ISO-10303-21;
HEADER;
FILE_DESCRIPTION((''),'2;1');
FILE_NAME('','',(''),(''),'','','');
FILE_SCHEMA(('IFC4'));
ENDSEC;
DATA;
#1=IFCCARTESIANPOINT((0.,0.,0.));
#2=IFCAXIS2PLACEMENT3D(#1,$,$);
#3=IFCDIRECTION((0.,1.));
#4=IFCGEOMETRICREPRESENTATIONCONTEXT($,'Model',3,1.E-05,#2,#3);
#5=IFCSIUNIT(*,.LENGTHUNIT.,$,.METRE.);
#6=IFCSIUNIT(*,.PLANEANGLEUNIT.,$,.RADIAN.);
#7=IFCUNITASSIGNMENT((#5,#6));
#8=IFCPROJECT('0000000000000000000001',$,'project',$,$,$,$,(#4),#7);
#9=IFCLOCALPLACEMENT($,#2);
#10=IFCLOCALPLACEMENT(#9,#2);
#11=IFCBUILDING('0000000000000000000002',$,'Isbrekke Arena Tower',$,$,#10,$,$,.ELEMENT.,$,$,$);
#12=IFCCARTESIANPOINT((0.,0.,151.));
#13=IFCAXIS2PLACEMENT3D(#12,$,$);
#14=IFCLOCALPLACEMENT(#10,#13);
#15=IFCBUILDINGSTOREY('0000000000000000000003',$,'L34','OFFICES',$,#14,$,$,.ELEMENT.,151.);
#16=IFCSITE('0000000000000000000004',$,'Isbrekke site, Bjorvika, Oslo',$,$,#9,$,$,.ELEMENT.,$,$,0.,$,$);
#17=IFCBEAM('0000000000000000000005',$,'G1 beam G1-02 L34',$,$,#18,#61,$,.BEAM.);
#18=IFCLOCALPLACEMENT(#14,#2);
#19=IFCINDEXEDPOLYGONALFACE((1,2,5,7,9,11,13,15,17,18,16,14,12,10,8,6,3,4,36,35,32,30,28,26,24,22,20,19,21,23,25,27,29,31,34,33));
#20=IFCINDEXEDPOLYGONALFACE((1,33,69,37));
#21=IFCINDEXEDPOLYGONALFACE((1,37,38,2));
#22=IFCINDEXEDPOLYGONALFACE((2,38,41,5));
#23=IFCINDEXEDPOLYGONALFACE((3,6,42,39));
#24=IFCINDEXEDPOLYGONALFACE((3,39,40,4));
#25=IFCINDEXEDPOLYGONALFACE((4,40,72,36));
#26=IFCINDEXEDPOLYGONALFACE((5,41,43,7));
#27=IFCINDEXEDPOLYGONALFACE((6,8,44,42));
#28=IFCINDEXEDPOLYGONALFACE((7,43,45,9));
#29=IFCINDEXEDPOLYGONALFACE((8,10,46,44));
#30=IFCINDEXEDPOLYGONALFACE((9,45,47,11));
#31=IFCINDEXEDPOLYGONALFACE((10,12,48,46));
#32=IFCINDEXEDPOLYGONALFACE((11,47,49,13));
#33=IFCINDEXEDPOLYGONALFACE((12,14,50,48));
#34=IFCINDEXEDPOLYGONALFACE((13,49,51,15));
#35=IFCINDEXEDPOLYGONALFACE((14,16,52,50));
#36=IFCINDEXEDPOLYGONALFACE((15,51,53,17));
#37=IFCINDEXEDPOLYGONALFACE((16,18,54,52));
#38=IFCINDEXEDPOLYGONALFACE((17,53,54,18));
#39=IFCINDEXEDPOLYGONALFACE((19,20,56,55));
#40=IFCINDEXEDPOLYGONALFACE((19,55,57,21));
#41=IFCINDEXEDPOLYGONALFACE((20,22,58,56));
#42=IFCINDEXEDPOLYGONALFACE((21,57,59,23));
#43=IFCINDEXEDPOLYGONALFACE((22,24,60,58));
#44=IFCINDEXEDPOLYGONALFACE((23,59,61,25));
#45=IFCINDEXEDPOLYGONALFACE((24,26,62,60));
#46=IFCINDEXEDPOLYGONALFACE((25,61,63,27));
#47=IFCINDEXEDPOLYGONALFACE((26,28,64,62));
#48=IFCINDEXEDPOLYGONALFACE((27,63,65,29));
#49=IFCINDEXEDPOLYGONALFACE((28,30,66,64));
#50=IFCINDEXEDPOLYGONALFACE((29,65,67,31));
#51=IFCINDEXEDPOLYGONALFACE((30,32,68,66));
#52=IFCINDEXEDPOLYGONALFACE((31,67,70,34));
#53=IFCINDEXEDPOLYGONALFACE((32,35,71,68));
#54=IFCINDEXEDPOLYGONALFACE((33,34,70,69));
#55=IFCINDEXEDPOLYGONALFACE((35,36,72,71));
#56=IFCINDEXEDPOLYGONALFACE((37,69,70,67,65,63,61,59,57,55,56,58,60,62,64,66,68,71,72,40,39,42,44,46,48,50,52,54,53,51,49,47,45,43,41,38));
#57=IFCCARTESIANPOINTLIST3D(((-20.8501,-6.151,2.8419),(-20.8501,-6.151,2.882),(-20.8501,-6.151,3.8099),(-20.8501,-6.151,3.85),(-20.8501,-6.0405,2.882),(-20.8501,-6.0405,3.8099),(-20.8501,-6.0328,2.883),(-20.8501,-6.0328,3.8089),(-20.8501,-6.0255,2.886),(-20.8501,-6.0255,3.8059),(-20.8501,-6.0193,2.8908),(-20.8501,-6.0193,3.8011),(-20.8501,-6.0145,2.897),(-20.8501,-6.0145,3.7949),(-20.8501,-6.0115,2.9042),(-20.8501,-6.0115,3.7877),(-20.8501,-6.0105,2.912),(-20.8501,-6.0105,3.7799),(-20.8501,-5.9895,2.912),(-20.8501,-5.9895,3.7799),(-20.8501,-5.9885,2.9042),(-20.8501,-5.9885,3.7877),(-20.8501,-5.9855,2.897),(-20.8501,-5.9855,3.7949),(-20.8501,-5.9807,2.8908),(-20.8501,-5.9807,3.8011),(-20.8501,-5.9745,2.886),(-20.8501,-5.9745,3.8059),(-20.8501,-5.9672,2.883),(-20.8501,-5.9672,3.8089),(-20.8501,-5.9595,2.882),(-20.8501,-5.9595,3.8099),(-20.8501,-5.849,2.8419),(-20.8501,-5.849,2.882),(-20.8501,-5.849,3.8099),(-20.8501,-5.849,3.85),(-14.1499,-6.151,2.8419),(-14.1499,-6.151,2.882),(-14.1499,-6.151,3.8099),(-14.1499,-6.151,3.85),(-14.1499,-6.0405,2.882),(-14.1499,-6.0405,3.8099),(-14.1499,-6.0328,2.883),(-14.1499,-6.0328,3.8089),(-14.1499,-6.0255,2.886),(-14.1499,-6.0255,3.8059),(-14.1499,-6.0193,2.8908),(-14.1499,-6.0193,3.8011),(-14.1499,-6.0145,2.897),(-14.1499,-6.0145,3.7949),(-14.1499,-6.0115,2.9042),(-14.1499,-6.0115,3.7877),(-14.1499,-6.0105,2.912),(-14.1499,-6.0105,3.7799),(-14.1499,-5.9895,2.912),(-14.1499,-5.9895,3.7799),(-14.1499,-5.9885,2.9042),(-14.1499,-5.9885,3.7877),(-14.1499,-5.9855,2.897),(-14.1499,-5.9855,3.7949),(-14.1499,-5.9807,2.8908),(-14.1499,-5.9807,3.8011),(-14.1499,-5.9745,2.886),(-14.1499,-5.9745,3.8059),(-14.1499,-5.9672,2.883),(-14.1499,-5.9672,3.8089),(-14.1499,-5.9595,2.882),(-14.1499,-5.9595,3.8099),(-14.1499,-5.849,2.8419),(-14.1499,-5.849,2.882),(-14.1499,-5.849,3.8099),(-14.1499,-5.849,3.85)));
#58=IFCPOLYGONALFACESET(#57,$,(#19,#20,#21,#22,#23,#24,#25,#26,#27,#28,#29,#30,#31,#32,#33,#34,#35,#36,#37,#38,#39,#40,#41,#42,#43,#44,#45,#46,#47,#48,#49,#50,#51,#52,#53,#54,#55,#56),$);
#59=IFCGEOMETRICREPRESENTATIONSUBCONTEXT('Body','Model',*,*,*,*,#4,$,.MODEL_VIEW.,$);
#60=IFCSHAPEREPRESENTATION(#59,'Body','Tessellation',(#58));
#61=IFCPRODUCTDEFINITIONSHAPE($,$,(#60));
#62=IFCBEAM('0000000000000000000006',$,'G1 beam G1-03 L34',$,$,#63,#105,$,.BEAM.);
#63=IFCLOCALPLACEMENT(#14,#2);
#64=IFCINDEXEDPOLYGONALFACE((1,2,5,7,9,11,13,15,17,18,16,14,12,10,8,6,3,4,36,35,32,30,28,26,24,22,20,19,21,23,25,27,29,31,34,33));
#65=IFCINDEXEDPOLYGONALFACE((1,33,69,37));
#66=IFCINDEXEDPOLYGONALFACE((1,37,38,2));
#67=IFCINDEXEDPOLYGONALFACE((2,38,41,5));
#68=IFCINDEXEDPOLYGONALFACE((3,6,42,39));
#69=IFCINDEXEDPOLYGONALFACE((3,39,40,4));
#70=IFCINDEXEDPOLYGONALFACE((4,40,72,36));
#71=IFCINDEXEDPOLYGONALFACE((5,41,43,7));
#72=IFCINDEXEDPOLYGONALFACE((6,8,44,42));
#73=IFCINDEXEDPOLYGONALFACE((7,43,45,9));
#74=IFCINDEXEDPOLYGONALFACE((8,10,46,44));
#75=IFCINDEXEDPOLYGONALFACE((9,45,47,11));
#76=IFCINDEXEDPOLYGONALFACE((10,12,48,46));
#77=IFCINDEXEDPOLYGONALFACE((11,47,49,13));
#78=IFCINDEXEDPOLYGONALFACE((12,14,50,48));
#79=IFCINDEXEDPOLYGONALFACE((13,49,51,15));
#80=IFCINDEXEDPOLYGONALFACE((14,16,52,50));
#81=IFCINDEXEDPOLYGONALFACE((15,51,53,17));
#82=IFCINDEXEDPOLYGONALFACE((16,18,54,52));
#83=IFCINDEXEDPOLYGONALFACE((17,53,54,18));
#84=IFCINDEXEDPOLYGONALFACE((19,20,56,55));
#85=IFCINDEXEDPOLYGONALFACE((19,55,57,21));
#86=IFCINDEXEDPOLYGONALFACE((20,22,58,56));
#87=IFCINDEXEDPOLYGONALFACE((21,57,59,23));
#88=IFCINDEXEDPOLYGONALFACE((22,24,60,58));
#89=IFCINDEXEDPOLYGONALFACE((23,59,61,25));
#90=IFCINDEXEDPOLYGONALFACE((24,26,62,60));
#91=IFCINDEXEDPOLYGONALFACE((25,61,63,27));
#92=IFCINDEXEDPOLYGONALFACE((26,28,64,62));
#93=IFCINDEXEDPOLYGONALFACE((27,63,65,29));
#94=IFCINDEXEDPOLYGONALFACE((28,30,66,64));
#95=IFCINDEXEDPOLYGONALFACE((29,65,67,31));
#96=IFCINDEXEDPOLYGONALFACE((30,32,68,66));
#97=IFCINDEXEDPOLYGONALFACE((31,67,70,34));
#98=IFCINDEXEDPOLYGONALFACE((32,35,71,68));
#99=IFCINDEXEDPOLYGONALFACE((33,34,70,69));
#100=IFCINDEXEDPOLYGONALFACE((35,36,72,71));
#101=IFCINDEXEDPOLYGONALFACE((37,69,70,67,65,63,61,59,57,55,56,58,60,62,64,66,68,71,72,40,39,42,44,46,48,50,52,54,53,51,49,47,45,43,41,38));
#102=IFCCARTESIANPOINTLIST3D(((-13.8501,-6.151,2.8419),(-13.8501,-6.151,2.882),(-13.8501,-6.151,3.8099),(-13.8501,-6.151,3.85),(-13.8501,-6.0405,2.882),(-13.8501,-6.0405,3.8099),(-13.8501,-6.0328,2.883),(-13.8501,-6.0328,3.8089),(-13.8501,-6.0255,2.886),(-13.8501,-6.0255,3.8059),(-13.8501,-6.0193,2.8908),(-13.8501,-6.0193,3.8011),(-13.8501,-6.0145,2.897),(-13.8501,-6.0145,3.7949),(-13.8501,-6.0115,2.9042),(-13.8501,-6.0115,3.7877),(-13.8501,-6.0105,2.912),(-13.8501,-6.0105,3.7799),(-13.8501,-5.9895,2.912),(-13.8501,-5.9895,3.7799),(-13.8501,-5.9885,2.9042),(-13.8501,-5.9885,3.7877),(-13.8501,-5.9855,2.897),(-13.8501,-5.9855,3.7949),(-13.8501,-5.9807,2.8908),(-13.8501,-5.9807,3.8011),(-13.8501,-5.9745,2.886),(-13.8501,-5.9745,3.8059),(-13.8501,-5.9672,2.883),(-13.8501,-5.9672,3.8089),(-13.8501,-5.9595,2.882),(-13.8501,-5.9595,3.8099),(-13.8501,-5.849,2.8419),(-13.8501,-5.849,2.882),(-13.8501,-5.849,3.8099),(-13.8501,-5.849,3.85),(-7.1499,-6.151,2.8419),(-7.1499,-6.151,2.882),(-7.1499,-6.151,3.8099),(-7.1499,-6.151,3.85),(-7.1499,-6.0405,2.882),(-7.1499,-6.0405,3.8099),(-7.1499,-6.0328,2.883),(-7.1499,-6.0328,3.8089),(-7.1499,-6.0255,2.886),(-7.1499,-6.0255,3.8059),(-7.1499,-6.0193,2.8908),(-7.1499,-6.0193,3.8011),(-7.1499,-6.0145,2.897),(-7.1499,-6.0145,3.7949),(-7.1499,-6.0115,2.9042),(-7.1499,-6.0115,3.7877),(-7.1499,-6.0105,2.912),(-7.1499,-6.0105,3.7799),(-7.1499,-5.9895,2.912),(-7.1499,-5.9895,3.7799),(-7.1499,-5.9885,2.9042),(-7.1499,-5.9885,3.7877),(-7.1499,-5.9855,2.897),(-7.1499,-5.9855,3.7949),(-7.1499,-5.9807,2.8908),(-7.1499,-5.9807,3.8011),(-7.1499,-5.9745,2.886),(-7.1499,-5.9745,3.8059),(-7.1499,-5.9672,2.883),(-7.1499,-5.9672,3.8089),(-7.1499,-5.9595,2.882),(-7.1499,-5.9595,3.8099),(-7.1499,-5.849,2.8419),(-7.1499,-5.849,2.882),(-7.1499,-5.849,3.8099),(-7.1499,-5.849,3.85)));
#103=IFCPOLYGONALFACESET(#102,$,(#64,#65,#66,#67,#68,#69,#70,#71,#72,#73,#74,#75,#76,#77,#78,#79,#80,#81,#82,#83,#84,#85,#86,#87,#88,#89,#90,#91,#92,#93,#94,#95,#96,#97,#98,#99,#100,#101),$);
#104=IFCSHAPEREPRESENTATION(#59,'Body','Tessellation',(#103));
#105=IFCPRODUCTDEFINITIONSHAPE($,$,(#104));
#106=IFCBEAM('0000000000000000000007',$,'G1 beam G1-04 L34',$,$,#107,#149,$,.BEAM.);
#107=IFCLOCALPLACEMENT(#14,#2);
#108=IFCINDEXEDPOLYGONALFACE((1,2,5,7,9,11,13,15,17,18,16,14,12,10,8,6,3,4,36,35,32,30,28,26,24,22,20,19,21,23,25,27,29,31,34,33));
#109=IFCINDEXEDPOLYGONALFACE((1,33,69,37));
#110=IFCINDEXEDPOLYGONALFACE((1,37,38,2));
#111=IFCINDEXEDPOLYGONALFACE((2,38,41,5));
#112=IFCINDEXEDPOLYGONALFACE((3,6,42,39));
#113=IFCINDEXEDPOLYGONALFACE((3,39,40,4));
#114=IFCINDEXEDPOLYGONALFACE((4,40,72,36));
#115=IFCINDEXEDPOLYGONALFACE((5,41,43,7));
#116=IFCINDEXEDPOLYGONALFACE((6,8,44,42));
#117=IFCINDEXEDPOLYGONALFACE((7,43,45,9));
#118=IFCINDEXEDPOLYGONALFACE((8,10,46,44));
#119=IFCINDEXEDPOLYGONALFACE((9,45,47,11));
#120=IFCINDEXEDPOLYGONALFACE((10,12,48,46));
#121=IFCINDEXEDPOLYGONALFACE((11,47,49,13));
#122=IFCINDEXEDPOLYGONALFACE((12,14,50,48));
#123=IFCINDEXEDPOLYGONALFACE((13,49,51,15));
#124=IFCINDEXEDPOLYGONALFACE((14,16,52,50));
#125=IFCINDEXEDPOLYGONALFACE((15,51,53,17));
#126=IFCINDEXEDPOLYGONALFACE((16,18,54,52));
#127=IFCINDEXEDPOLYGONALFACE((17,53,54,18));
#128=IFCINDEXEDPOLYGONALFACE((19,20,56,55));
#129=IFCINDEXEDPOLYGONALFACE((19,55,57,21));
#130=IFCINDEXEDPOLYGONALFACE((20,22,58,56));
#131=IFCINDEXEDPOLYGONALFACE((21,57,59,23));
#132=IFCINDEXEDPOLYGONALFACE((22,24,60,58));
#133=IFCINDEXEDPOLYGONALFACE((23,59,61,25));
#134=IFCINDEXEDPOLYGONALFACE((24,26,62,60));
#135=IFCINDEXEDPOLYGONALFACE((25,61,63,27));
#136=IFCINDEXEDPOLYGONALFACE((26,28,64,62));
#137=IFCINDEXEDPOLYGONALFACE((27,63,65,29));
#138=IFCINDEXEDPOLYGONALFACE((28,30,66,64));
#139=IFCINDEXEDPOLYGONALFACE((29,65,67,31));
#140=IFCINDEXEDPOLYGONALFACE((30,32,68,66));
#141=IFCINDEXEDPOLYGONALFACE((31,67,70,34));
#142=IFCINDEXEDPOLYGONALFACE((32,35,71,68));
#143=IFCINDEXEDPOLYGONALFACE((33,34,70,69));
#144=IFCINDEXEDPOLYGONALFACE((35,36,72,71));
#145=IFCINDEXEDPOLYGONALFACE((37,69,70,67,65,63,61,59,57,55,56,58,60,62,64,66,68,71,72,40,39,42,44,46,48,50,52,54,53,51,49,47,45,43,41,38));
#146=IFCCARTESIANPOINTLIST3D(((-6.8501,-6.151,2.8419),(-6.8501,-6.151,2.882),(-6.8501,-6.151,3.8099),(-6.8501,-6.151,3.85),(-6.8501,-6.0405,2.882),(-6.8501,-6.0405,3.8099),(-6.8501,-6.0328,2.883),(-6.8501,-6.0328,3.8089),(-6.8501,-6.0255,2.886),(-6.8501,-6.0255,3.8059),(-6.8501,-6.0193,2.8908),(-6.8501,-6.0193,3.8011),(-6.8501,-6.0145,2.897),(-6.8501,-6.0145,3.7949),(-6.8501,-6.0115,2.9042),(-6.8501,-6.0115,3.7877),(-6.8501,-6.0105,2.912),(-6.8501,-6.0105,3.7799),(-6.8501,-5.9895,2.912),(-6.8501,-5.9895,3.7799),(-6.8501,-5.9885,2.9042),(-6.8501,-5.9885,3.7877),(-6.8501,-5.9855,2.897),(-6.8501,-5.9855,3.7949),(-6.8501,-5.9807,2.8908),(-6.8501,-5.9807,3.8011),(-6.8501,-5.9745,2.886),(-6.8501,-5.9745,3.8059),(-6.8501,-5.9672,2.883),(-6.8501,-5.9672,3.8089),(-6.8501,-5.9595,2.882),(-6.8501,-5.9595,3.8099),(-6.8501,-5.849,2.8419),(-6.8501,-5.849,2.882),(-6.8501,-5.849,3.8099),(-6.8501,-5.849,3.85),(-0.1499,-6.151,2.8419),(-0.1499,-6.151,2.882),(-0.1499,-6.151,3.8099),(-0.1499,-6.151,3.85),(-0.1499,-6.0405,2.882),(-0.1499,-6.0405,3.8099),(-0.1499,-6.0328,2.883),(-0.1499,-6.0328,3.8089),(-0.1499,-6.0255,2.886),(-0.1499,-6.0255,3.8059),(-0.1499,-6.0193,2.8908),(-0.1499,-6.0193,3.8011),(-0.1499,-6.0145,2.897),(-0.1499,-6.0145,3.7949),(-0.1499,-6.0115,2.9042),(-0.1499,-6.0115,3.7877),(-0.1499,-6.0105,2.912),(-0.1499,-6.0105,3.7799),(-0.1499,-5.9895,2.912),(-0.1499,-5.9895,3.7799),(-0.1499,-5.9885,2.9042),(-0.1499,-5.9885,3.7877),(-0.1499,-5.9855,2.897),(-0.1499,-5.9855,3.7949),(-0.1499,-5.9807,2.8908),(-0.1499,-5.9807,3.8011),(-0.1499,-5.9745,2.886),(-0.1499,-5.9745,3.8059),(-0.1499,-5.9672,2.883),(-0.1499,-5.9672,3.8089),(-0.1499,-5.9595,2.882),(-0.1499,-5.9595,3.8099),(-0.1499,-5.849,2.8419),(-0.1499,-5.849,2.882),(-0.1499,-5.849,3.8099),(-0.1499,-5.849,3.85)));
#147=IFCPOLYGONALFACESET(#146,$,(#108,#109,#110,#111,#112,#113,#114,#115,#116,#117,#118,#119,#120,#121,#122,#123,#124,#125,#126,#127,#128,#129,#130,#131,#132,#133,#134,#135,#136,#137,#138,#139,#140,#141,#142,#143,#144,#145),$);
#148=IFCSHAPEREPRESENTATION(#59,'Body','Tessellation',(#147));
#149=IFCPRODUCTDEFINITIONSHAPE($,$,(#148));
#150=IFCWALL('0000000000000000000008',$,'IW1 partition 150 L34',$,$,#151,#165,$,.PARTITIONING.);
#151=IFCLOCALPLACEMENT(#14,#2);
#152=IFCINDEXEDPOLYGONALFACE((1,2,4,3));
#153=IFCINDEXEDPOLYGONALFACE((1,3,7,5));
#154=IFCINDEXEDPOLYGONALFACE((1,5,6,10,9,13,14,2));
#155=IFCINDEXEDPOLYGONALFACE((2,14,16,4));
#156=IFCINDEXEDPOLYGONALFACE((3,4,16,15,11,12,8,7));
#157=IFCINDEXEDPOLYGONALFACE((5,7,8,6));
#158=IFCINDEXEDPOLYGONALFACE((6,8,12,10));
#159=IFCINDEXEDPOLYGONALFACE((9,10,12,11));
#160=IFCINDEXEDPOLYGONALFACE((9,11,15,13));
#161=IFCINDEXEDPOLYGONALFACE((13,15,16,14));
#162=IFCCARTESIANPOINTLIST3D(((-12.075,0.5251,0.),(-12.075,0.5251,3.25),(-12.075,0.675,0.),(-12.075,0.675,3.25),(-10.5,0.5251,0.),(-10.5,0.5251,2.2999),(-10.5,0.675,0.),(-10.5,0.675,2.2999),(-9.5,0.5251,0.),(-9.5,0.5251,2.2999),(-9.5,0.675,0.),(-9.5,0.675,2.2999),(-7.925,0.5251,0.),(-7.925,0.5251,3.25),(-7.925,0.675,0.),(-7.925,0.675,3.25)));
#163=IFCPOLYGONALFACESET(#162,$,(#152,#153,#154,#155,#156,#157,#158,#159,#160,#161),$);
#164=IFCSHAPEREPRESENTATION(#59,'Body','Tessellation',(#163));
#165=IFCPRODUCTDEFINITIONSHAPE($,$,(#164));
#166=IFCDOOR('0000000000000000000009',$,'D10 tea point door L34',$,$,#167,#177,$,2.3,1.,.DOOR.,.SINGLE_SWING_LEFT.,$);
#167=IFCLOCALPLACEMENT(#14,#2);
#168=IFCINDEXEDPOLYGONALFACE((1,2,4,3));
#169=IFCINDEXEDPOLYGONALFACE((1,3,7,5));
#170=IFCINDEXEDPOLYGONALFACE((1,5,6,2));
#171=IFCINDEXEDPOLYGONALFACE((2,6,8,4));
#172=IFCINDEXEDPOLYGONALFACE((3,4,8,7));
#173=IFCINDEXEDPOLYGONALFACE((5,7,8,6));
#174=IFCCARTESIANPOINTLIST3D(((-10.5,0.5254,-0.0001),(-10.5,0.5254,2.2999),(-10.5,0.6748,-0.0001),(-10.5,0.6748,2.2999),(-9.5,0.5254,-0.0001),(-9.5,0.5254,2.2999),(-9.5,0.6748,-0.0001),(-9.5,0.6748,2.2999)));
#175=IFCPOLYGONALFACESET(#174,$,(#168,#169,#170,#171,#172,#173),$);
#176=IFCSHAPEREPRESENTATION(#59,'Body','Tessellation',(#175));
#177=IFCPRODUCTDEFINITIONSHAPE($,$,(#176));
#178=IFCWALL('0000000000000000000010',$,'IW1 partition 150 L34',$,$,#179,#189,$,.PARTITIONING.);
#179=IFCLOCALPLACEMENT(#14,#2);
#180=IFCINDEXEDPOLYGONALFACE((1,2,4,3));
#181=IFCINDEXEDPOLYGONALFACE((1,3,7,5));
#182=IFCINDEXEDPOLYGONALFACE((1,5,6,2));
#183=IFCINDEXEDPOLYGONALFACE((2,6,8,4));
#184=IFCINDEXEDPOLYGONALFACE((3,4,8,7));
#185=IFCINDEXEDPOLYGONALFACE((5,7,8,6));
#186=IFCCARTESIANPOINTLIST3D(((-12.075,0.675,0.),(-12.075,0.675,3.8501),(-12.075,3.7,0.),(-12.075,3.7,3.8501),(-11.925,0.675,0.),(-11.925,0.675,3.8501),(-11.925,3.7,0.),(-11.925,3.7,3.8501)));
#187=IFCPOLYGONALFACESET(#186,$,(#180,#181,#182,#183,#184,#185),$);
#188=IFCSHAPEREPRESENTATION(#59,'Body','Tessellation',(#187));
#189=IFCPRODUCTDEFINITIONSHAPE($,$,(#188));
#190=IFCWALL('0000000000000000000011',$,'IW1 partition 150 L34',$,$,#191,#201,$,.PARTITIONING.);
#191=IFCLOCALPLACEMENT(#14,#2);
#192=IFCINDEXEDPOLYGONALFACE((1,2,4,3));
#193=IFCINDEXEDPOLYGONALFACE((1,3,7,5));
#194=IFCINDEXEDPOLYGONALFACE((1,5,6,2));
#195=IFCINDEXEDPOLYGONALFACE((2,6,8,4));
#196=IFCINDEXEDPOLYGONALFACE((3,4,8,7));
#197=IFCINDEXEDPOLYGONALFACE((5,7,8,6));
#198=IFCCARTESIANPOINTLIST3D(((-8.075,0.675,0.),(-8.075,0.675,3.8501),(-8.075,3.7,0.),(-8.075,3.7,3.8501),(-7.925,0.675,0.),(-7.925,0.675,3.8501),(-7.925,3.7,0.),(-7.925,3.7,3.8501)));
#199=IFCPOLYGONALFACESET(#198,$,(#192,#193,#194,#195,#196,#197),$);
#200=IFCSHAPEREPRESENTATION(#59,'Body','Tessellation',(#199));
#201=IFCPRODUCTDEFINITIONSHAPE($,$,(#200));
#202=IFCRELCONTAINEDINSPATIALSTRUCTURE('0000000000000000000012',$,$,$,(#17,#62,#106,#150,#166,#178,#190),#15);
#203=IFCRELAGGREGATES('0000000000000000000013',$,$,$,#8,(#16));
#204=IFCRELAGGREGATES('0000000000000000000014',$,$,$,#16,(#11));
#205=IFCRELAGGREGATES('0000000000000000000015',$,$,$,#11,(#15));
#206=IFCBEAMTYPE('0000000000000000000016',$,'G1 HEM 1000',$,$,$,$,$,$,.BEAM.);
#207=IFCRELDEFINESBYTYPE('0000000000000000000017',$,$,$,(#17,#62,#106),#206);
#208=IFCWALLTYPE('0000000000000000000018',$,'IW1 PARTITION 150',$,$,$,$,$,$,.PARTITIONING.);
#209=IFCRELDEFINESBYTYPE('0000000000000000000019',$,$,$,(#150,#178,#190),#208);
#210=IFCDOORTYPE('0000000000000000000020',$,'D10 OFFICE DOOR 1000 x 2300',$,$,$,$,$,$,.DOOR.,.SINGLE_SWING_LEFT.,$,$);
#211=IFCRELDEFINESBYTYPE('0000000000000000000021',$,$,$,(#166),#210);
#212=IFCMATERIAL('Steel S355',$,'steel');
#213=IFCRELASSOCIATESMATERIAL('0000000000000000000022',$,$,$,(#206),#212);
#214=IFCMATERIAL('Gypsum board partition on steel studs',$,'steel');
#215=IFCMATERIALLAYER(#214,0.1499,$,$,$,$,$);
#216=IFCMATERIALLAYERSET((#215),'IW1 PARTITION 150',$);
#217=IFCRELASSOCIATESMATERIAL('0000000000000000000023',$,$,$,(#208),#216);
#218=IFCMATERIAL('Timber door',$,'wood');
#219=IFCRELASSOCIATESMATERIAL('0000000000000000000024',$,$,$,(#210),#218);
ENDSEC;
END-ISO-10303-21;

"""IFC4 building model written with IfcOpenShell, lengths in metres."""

from ifc_helpers import new_model, si_unit, direction, frame, frame_2d, origin, origin_2d, place, context, subcontext, project, spatial, rectangle, i_section, extrude, material, layer, layer_set, material_profile, profile_set, type_object, element, fill, save


model = new_model("IFC4")

# Units and contexts
model_context = context("Model", 3, precision=1e-05, world=origin(), true_north=direction((0.0, 1.0)))
body_context = subcontext(model_context, "Body", "Model", "MODEL_VIEW")
ifc_project = project(units=[si_unit("LENGTHUNIT", "METRE"), si_unit("PLANEANGLEUNIT", "RADIAN")], contexts=[model_context])

# Site, building, storey
site_placement = place(None, origin())
site = spatial("IfcSite", under=ifc_project, at=site_placement, Name="Isbrekke site, Bjorvika, Oslo", CompositionType="ELEMENT", RefElevation=0.0)
building_placement = place(site_placement, origin())
building = spatial("IfcBuilding", under=site, at=building_placement, Name="Isbrekke Arena Tower", CompositionType="ELEMENT")
storey_placement = place(building_placement, frame((0.0, 0.0, 151.0)))
storey = spatial("IfcBuildingStorey", under=building, at=storey_placement, Name="L34", Description="OFFICES", CompositionType="ELEMENT", Elevation=151.0)

# Beams
ifc_material_1 = material(Name="Steel S355", Category="steel")
ifc_material_profile_1 = material_profile(ifc_material_1, i_section(OverallWidth=0.302, OverallDepth=1.0081, WebThickness=0.021, FlangeThickness=0.04, FilletRadius=0.03, at=origin_2d()), Name="HEM 1000")
ifc_profile_set_1 = profile_set([ifc_material_profile_1], Name="Steel S355")
beam_type_1 = type_object("IfcBeamType", Name="G1 HEM 1000", PredefinedType="BEAM", material=ifc_profile_set_1)
for number, where, z_axis, x_axis, name in (
    (1, (-20.8501, -6.0, 3.3459), (1.0, 0.0, 0.0), (0.0, 1.0, 0.0), "G1 beam G1-02 L34"),
    (2, (-13.8501, -6.0, 3.3459), (1.0, 0.0, 0.0), (0.0, 1.0, 0.0), "G1 beam G1-03 L34"),
    (3, (-6.8501, -6.0, 3.3459), (1.0, 0.0, 0.0), (0.0, 1.0, 0.0), "G1 beam G1-04 L34"),
):
    element("IfcBeam", number, at=place(storey_placement, frame(where, z_axis=z_axis, x_axis=x_axis)), inside=storey, type_object=beam_type_1, Name=name, PredefinedType="BEAM", context=body_context, shape_type="SweptSolid", body=[
        extrude(i_section(OverallWidth=0.302, OverallDepth=1.0081, WebThickness=0.021, FlangeThickness=0.04, FilletRadius=0.03, at=origin_2d()), origin(), (0.0, 0.0, 1.0), 6.7002),
    ])

# Wall, opening, door
ifc_material_2 = material(Name="Gypsum board partition on steel studs", Category="steel")
ifc_layer_1 = layer(ifc_material_2, 0.1499)
ifc_layer_set_1 = layer_set([ifc_layer_1], Name="IW1 PARTITION 150")
wall_type_1 = type_object("IfcWallType", Name="IW1 PARTITION 150", PredefinedType="PARTITIONING", material=ifc_layer_set_1)
wall_1_placement = place(storey_placement, frame((-12.075, 0.6001, 0.0), z_axis=(0.0, 0.0, 1.0), x_axis=(1.0, 0.0, 0.0)))
wall_1 = element("IfcWall", 4, at=wall_1_placement, inside=storey, type_object=wall_type_1, Name="IW1 partition 150 L34", PredefinedType="PARTITIONING", context=body_context, shape_type="SweptSolid", body=[
    extrude(rectangle(XDim=4.1499, YDim=0.1499, at=frame_2d((2.075, 0.0))), origin(), (0.0, 0.0, 1.0), 3.25),
])
opening_1_placement = place(wall_1_placement, frame((1.575, 0.0, 0.0)))
opening_1 = element("IfcOpeningElement", 5, at=opening_1_placement, cuts=wall_1, PredefinedType="OPENING", context=body_context, shape_type="SweptSolid", body=[
    extrude(rectangle(XDim=1.0, YDim=2.3, at=frame_2d((0.5, 1.1499))), frame((0.0, 0.0898, 0.0), z_axis=(0.0, -1.0, 0.0), x_axis=(1.0, 0.0, 0.0)), (0.0, 0.0, 1.0), 0.1797),
])
ifc_material_3 = material(Name="Timber door", Category="wood")
door_type_1 = type_object("IfcDoorType", Name="D10 OFFICE DOOR 1000 x 2300", OperationType="SINGLE_SWING_LEFT", PredefinedType="DOOR", material=ifc_material_3)
door_1_placement = place(opening_1_placement, origin())
door_1 = element("IfcDoor", 6, at=door_1_placement, inside=storey, type_object=door_type_1, Name="D10 tea point door L34", OperationType="SINGLE_SWING_LEFT", OverallHeight=2.3, OverallWidth=1.0, PredefinedType="DOOR", context=body_context, shape_type="SweptSolid", body=[
    extrude(rectangle(XDim=1.0, YDim=2.3, at=frame_2d((0.5, 1.1499))), frame((0.0, 0.0747, 0.0), z_axis=(0.0, -1.0, 0.0), x_axis=(1.0, 0.0, 0.0)), (0.0, 0.0, 1.0), 0.1494),
])
fill(opening_1, door_1)

# Walls
for number, where, z_axis, x_axis, name in (
    (7, (-12.0, 0.675, 0.0), (0.0, 0.0, 1.0), (0.0, 1.0, 0.0), "IW1 partition 150 L34"),
    (8, (-8.0, 0.675, 0.0), (0.0, 0.0, 1.0), (0.0, 1.0, 0.0), "IW1 partition 150 L34"),
):
    element("IfcWall", number, at=place(storey_placement, frame(where, z_axis=z_axis, x_axis=x_axis)), inside=storey, type_object=wall_type_1, Name=name, PredefinedType="PARTITIONING", context=body_context, shape_type="SweptSolid", body=[
        extrude(rectangle(XDim=3.0249, YDim=0.1499, at=frame_2d((1.5125, 0.0))), origin(), (0.0, 0.0, 1.0), 3.8501),
    ])

save(model, "model.ifc")
